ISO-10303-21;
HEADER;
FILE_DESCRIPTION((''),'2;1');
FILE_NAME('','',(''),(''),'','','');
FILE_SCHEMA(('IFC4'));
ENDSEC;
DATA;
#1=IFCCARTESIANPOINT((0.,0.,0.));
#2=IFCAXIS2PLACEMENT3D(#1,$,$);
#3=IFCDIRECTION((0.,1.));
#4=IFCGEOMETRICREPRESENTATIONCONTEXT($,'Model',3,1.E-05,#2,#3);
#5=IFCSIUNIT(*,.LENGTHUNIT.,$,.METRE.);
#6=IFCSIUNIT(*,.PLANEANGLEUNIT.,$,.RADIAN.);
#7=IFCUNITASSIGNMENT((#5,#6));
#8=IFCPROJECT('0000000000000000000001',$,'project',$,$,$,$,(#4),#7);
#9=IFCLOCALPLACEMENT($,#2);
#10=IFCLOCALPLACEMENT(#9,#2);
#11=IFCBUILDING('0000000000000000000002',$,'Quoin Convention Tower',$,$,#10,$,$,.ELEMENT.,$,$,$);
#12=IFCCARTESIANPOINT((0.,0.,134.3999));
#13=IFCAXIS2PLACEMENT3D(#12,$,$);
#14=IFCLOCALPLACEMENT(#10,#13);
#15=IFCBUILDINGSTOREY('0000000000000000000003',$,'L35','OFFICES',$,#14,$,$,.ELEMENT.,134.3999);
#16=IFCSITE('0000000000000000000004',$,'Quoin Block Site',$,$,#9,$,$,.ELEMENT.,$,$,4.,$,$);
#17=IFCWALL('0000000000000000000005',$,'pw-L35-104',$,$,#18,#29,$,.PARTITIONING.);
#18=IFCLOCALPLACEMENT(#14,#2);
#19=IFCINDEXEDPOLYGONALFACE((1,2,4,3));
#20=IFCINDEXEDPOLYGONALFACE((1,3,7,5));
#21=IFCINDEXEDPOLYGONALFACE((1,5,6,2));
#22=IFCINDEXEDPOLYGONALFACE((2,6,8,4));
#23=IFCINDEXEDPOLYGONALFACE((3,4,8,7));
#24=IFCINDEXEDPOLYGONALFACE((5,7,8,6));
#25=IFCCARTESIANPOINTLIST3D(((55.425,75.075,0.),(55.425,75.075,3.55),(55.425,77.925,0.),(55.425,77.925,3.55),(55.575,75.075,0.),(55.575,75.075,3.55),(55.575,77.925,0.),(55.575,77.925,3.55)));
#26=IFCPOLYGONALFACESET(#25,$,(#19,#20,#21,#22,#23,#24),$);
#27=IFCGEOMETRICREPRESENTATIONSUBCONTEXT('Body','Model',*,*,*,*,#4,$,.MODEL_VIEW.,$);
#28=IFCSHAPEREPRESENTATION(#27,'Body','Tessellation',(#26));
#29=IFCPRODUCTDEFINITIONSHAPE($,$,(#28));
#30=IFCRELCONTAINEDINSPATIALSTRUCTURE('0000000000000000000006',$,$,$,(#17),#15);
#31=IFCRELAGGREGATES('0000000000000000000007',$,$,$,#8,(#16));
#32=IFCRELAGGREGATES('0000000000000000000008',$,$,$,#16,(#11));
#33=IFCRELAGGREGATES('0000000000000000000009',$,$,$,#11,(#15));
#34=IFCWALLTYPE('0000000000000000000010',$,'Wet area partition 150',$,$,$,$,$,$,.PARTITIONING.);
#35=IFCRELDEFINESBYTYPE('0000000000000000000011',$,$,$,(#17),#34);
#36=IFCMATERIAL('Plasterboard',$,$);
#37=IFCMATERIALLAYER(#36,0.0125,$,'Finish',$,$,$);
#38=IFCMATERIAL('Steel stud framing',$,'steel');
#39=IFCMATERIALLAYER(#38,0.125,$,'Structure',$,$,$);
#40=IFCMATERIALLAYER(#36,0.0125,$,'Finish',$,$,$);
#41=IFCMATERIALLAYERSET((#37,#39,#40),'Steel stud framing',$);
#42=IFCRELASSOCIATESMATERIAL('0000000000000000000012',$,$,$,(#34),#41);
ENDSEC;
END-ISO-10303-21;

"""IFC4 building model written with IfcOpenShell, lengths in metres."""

from ifc_helpers import new_model, si_unit, direction, frame, frame_2d, origin, place, context, subcontext, project, spatial, rectangle, extrude, material, layer, layer_set, type_object, element, save


model = new_model("IFC4")

# Units and contexts
model_context = context("Model", 3, precision=1e-05, world=origin(), true_north=direction((0.0, 1.0)))
body_context = subcontext(model_context, "Body", "Model", "MODEL_VIEW")
ifc_project = project(units=[si_unit("LENGTHUNIT", "METRE"), si_unit("PLANEANGLEUNIT", "RADIAN")], contexts=[model_context])

# Site, building, storey
site_placement = place(None, origin())
site = spatial("IfcSite", under=ifc_project, at=site_placement, Name="Quoin Block Site", CompositionType="ELEMENT", RefElevation=4.0)
building_placement = place(site_placement, origin())
building = spatial("IfcBuilding", under=site, at=building_placement, Name="Quoin Convention Tower", CompositionType="ELEMENT")
storey_placement = place(building_placement, frame((0.0, 0.0, 134.3999)))
storey = spatial("IfcBuildingStorey", under=building, at=storey_placement, Name="L35", Description="OFFICES", CompositionType="ELEMENT", Elevation=134.3999)

# Shared definitions
ifc_material_1 = material(Name="Plasterboard")
ifc_material_2 = material(Name="Steel stud framing", Category="steel")

# Shared definitions
ifc_layer_1 = layer(ifc_material_1, 0.0125, Name="Finish")
ifc_layer_2 = layer(ifc_material_2, 0.125, Name="Structure")
ifc_layer_3 = layer(ifc_material_1, 0.0125, Name="Finish")
ifc_layer_set_1 = layer_set([ifc_layer_1, ifc_layer_2, ifc_layer_3], Name="Steel stud framing")
wall_type_1 = type_object("IfcWallType", Name="Wet area partition 150", PredefinedType="PARTITIONING", material=ifc_layer_set_1)

# Wall
wall_1_placement = place(storey_placement, frame((55.5, 75.075, 0.0), z_axis=(0.0, 0.0, 1.0), x_axis=(0.0, 1.0, 0.0)))
element("IfcWall", 1, at=wall_1_placement, inside=storey, type_object=wall_type_1, Name="pw-L35-104", PredefinedType="PARTITIONING", context=body_context, shape_type="SweptSolid", body=[
    extrude(rectangle(XDim=2.8501, YDim=0.1499, at=frame_2d((1.425, 0.0))), origin(), (0.0, 0.0, 1.0), 3.55),
])

save(model, "model.ifc")
